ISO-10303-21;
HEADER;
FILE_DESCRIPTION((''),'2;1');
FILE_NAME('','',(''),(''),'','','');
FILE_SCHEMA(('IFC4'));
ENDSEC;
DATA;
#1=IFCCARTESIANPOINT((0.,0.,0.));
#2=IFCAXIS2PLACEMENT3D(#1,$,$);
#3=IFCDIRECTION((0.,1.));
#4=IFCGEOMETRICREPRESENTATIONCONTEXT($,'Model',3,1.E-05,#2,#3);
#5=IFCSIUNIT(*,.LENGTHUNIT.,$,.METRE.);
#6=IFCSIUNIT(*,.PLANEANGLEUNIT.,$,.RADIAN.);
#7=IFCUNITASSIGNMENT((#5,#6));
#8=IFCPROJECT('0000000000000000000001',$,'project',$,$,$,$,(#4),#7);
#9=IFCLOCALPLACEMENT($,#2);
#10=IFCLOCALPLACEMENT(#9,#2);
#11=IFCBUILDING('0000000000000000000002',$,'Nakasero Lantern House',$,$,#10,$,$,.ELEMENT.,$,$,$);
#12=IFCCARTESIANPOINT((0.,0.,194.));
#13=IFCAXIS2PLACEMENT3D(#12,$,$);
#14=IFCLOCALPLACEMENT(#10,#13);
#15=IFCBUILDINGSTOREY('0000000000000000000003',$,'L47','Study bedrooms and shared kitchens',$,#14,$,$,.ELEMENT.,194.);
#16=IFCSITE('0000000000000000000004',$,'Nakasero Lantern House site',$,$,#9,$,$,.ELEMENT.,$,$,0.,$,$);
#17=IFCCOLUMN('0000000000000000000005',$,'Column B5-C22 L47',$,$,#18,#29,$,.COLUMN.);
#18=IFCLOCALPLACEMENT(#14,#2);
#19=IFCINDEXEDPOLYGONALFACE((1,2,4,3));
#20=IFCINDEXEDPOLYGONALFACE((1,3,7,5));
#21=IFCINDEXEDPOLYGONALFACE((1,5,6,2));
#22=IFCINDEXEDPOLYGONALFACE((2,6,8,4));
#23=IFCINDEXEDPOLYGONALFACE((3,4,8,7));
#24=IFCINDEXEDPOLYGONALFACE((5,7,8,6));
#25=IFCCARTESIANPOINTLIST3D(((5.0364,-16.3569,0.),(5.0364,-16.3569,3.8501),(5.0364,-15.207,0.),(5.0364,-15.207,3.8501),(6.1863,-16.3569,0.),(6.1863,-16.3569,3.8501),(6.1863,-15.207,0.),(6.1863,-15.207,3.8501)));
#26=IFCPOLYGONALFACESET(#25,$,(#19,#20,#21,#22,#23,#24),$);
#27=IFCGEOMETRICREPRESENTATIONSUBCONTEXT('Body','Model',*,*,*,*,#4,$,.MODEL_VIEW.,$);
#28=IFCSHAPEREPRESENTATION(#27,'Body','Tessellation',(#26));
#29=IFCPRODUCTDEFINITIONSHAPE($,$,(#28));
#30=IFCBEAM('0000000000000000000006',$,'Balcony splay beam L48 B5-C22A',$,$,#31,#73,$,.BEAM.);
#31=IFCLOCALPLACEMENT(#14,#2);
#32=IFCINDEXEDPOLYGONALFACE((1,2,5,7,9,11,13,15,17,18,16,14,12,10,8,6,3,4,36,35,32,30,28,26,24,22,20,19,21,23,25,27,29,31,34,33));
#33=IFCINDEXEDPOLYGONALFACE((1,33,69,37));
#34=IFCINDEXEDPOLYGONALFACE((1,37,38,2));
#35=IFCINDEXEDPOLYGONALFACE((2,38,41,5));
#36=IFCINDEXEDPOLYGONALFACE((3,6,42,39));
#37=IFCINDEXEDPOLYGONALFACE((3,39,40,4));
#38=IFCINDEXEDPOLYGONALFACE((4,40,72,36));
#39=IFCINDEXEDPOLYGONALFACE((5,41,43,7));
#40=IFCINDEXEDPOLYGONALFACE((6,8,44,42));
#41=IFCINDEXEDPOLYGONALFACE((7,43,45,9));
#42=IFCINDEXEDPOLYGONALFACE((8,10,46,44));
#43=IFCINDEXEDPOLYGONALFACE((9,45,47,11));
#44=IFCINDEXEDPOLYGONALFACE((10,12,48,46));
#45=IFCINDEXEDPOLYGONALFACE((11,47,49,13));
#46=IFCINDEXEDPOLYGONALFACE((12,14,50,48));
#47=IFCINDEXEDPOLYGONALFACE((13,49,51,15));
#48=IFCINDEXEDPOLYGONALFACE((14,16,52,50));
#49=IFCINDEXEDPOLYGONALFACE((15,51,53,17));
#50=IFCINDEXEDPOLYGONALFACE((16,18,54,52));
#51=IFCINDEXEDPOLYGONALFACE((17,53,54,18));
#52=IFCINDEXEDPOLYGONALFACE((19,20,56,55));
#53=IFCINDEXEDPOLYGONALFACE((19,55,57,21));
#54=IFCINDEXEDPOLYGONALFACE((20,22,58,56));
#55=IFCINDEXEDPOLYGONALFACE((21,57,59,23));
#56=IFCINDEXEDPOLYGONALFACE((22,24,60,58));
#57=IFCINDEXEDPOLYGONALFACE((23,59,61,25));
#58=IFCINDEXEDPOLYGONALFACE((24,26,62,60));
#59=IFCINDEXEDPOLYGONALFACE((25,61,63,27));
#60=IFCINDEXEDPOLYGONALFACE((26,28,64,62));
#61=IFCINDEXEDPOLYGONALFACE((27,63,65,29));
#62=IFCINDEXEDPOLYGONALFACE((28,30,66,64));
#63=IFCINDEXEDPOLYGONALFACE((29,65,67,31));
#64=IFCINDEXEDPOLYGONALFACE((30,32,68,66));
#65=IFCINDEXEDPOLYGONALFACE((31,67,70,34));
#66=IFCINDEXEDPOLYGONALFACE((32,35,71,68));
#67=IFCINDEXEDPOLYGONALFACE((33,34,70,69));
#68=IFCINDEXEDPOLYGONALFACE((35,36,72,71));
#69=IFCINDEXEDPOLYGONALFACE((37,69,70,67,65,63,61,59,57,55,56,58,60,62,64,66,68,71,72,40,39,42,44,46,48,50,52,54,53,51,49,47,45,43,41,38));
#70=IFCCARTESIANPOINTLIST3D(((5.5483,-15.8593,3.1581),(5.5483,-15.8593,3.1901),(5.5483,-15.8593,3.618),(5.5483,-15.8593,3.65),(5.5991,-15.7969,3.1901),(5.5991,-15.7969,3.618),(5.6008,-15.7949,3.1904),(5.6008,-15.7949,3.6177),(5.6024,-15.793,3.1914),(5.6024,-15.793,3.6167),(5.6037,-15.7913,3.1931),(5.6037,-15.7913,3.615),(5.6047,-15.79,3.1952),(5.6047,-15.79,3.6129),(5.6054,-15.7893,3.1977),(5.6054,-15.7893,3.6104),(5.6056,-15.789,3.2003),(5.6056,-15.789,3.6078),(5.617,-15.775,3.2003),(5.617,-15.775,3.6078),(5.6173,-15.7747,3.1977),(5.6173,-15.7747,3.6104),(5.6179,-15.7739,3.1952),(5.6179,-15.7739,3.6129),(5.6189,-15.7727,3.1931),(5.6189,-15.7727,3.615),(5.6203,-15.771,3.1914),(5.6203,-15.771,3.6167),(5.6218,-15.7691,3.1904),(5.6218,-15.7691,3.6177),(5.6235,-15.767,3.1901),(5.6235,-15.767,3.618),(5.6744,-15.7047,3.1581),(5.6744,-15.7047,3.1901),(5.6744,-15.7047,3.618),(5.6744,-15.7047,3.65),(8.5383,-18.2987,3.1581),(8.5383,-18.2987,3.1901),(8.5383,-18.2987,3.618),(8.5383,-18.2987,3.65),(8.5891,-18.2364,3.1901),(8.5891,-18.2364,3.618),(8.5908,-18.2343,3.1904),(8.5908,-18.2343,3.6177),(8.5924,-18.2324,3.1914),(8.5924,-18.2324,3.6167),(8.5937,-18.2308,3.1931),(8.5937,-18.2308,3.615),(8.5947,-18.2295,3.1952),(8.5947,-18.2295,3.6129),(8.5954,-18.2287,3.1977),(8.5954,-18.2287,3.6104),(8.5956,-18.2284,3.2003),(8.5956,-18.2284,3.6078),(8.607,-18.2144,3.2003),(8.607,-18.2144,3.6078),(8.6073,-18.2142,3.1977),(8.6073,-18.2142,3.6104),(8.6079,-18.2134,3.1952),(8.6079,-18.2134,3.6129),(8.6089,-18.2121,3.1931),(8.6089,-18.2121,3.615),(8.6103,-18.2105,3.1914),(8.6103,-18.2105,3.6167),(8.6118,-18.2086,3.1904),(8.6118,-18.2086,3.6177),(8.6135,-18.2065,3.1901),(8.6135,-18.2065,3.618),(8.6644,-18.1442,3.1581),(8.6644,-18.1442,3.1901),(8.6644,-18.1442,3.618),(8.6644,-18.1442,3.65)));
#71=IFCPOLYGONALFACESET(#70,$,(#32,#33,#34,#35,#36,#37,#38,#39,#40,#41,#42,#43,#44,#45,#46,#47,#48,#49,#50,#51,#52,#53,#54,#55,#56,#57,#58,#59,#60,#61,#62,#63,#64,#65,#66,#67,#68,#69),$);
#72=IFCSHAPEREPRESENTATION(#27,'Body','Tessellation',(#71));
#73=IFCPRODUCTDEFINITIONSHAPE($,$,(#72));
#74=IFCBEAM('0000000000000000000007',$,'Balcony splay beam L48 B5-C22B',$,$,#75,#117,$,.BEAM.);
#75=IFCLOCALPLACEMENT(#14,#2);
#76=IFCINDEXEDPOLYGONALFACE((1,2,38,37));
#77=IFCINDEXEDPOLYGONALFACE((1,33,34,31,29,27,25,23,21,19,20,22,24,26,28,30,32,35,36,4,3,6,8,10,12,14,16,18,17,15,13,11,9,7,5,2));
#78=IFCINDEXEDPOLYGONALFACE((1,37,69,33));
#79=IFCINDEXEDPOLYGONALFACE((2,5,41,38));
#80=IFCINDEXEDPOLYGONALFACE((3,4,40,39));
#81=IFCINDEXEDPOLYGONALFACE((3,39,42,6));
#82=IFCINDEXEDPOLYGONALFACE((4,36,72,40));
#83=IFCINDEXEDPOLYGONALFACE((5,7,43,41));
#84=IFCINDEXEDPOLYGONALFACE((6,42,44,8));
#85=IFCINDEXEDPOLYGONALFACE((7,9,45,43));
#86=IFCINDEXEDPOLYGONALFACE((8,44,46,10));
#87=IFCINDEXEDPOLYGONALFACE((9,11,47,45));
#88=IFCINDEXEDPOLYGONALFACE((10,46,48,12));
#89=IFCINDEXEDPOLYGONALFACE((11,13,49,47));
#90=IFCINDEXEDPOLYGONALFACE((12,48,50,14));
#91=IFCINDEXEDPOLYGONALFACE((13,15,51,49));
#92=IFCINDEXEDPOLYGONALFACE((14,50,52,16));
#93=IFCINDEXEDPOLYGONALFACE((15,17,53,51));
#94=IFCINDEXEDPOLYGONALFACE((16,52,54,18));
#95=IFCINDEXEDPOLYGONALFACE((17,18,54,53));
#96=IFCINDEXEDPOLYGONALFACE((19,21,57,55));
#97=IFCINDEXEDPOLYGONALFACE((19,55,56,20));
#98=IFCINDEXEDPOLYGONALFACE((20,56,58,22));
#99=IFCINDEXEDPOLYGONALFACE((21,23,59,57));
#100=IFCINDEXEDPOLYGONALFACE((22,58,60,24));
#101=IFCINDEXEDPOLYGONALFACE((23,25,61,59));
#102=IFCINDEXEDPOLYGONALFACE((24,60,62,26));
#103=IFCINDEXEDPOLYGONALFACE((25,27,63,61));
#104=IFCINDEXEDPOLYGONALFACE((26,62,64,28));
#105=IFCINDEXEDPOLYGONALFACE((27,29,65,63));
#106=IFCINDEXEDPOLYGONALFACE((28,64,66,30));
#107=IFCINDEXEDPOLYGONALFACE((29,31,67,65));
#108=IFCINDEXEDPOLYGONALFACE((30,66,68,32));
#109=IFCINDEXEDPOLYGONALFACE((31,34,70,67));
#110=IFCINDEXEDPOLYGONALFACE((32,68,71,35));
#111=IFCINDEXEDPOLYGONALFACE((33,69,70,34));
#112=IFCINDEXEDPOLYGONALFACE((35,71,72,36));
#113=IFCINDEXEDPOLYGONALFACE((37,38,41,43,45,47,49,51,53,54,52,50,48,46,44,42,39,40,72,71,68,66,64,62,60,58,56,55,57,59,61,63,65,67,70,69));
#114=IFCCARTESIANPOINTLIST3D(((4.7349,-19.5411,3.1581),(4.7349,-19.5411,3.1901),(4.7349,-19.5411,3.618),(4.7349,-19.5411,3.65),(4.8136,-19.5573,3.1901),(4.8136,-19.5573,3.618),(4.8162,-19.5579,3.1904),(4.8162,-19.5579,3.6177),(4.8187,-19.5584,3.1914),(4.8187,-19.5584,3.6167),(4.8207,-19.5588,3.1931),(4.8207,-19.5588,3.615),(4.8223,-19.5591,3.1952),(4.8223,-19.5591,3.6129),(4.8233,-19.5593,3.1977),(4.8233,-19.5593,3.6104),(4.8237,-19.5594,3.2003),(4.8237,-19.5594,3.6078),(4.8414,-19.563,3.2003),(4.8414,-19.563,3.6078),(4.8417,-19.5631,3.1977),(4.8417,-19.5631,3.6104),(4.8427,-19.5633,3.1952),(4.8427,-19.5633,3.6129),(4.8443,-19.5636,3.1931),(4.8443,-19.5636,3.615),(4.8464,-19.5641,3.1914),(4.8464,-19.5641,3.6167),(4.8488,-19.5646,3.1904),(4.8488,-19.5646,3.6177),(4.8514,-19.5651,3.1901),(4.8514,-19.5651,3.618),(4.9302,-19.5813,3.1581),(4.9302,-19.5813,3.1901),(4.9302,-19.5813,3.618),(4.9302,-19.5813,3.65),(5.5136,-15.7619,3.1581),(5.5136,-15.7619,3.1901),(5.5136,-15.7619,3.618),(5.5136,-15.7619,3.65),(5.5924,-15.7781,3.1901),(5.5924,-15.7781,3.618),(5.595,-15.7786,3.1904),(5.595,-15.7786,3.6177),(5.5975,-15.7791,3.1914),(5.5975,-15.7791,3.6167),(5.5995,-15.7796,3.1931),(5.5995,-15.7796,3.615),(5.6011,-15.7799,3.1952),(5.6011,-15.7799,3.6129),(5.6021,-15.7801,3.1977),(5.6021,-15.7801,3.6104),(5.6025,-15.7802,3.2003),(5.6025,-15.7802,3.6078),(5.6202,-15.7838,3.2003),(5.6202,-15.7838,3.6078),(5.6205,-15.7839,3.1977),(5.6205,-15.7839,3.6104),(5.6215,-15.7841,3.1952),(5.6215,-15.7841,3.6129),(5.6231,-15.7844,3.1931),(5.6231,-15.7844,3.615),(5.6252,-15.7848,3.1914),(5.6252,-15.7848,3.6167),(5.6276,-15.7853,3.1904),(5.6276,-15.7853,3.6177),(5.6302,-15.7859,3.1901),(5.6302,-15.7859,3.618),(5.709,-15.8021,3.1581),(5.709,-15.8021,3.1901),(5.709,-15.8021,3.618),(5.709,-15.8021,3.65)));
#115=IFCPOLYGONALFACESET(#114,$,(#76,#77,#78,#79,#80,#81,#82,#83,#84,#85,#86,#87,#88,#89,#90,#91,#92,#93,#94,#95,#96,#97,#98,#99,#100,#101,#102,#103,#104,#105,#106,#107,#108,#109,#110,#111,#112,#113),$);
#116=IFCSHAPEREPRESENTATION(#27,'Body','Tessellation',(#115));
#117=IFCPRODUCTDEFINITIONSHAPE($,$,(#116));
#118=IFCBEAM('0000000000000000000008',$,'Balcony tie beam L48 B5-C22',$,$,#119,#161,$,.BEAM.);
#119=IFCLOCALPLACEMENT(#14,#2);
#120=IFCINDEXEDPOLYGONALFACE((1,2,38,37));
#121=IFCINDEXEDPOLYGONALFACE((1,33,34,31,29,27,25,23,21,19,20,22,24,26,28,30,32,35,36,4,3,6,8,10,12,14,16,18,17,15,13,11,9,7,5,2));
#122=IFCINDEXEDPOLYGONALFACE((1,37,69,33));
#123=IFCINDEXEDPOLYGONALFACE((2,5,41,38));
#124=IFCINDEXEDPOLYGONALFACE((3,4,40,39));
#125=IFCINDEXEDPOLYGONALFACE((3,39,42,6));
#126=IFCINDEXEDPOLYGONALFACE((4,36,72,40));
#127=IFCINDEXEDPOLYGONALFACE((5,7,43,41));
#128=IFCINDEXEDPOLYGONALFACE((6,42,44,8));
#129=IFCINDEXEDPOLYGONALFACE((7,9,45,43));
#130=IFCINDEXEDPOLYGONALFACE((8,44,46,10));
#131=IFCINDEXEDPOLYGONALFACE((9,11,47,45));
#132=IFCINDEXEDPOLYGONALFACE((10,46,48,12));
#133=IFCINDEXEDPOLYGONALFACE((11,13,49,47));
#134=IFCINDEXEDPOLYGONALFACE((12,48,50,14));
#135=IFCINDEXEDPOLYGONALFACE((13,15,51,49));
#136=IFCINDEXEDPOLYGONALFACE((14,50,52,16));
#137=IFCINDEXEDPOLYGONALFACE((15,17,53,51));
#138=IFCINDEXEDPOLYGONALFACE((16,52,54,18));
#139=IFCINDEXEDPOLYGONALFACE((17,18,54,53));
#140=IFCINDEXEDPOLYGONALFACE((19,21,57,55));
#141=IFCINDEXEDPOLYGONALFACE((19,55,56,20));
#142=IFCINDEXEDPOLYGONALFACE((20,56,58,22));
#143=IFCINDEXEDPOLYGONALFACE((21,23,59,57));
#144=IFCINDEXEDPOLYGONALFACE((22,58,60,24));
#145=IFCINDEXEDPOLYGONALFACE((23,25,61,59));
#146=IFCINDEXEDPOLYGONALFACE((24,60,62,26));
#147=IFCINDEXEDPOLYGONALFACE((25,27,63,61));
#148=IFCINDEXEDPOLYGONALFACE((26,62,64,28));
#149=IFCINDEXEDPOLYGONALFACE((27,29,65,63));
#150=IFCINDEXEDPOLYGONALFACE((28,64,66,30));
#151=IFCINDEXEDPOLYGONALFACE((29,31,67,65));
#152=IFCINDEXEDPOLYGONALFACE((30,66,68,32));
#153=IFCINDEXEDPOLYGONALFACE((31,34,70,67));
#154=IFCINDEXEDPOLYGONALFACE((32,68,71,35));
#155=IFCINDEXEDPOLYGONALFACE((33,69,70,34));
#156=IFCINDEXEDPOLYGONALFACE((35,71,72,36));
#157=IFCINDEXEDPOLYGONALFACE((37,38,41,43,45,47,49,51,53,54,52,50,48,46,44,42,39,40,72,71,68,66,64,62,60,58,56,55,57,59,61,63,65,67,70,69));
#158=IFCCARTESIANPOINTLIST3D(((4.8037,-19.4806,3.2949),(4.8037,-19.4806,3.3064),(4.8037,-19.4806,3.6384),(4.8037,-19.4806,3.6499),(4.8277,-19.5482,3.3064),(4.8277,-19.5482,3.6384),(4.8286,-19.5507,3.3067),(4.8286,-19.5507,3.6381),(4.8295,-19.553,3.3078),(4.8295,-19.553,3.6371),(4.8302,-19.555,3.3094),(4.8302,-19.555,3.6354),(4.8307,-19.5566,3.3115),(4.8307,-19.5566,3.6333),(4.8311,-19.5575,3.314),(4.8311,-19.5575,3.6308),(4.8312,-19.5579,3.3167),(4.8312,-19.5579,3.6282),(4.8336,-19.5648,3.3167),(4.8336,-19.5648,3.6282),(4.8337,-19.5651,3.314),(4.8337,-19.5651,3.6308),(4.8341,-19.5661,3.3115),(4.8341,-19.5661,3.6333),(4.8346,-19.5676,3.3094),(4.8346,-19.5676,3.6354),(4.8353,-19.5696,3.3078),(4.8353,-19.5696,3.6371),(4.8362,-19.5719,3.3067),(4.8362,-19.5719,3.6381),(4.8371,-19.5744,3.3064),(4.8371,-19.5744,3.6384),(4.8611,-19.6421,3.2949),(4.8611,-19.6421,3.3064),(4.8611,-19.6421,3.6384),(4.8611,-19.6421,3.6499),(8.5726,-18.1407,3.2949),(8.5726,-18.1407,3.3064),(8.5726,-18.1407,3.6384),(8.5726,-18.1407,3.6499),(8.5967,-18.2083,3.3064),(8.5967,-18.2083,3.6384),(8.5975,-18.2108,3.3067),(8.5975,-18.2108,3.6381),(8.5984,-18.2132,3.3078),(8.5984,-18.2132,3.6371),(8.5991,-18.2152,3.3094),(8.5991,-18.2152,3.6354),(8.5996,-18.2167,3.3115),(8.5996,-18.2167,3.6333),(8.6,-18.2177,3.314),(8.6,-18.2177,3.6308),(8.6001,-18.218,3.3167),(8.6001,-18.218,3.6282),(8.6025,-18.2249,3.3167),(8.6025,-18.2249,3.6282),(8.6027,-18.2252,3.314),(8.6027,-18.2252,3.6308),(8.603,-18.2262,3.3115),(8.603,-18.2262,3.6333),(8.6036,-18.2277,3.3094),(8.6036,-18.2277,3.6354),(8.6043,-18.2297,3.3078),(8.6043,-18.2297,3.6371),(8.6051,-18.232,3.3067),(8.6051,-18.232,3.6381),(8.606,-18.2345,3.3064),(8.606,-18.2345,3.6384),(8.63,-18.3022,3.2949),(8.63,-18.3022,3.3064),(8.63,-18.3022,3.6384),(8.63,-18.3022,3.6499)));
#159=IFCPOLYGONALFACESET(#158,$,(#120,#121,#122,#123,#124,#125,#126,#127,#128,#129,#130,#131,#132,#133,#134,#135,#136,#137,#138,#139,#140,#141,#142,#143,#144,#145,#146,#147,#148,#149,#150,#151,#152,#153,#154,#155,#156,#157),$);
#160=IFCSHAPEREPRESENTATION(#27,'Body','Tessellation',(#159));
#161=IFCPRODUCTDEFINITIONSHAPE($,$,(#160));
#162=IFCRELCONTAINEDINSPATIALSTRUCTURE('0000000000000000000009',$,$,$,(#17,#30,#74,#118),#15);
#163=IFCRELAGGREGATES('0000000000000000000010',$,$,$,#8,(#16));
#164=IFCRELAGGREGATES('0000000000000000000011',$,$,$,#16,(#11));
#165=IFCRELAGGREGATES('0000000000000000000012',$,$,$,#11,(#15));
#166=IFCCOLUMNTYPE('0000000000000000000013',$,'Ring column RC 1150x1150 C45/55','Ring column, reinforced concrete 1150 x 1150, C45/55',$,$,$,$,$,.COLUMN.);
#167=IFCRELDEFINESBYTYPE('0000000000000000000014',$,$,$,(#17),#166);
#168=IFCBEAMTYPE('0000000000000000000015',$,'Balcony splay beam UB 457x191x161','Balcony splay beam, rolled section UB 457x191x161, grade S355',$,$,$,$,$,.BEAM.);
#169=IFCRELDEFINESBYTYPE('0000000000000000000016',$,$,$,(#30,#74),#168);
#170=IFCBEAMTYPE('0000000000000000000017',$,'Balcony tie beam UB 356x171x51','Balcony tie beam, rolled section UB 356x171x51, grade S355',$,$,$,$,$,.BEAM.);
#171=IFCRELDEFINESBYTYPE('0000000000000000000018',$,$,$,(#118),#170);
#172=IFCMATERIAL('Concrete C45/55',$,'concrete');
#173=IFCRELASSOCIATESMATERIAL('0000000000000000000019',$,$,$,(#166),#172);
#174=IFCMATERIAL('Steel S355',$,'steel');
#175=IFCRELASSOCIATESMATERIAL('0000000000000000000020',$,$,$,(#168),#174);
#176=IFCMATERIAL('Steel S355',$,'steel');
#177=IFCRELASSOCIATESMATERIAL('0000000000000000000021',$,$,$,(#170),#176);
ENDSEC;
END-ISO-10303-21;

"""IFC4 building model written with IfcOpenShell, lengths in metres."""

from ifc_helpers import new_model, si_unit, direction, frame, origin, origin_2d, place, context, subcontext, project, spatial, rectangle, i_section, extrude, material, material_profile, profile_set, type_object, element, save


model = new_model("IFC4")

# Units and contexts
model_context = context("Model", 3, precision=1e-05, world=origin(), true_north=direction((0.0, 1.0)))
body_context = subcontext(model_context, "Body", "Model", "MODEL_VIEW")
ifc_project = project(units=[si_unit("LENGTHUNIT", "METRE"), si_unit("PLANEANGLEUNIT", "RADIAN")], contexts=[model_context])

# Site, building, storey
site_placement = place(None, origin())
site = spatial("IfcSite", under=ifc_project, at=site_placement, Name="Nakasero Lantern House site", CompositionType="ELEMENT", RefElevation=0.0)
building_placement = place(site_placement, origin())
building = spatial("IfcBuilding", under=site, at=building_placement, Name="Nakasero Lantern House", CompositionType="ELEMENT")
storey_placement = place(building_placement, frame((0.0, 0.0, 194.0)))
storey = spatial("IfcBuildingStorey", under=building, at=storey_placement, Name="L47", Description="Study bedrooms and shared kitchens", CompositionType="ELEMENT", Elevation=194.0)

# Column
ifc_material_1 = material(Name="Concrete C45/55", Category="concrete")
ifc_material_profile_1 = material_profile(ifc_material_1, rectangle(XDim=1.1499, YDim=1.1499, at=origin_2d()), Name="RC 1150x1150")
ifc_profile_set_1 = profile_set([ifc_material_profile_1], Name="Concrete C45/55")
column_type = type_object("IfcColumnType", Name="Ring column RC 1150x1150 C45/55", Description="Ring column, reinforced concrete 1150 x 1150, C45/55", PredefinedType="COLUMN", material=ifc_profile_set_1)
column_placement = place(storey_placement, frame((5.6113, -15.782, 0.0), z_axis=(0.0, 0.0, 1.0), x_axis=(1.0, 0.0, 0.0)))
element("IfcColumn", 1, at=column_placement, inside=storey, type_object=column_type, Name="Column B5-C22 L47", PredefinedType="COLUMN", context=body_context, shape_type="SweptSolid", body=[
    extrude(rectangle(XDim=1.1499, YDim=1.1499, at=origin_2d()), origin(), (0.0, 0.0, 1.0), 3.8501),
])

# Beams
ifc_material_2 = material(Name="Steel S355", Category="steel")
ifc_material_profile_2 = material_profile(ifc_material_2, i_section(OverallWidth=0.1995, OverallDepth=0.4919, WebThickness=0.0181, FlangeThickness=0.032, FilletRadius=0.0103, at=origin_2d()), Name="UB 457x191x161")
ifc_profile_set_2 = profile_set([ifc_material_profile_2], Name="Steel S355")
beam_type_1 = type_object("IfcBeamType", Name="Balcony splay beam UB 457x191x161", Description="Balcony splay beam, rolled section UB 457x191x161, grade S355", PredefinedType="BEAM", material=ifc_profile_set_2)
beam_1_placement = place(storey_placement, frame((5.6113, -15.782, 3.4041), z_axis=(0.774833, -0.632166, 0.0), x_axis=(0.632166, 0.774833, 0.0)))
element("IfcBeam", 2, at=beam_1_placement, inside=storey, type_object=beam_type_1, Name="Balcony splay beam L48 B5-C22A", PredefinedType="BEAM", context=body_context, shape_type="SweptSolid", body=[
    extrude(i_section(OverallWidth=0.1995, OverallDepth=0.4919, WebThickness=0.0181, FlangeThickness=0.032, FilletRadius=0.0103, at=origin_2d()), origin(), (0.0, 0.0, 1.0), 3.8589),
])
beam_2_placement = place(storey_placement, frame((5.6113, -15.782, 3.4041), z_axis=(-0.201831, -0.97942, 0.0), x_axis=(0.97942, -0.201831, 0.0)))
element("IfcBeam", 3, at=beam_2_placement, inside=storey, type_object=beam_type_1, Name="Balcony splay beam L48 B5-C22B", PredefinedType="BEAM", context=body_context, shape_type="SweptSolid", body=[
    extrude(i_section(OverallWidth=0.1995, OverallDepth=0.4919, WebThickness=0.0181, FlangeThickness=0.032, FilletRadius=0.0103, at=origin_2d()), origin(), (0.0, 0.0, 1.0), 3.8586),
])
ifc_material_3 = material(Name="Steel S355", Category="steel")
ifc_material_profile_3 = material_profile(ifc_material_3, i_section(OverallWidth=0.1714, OverallDepth=0.355, WebThickness=0.0073, FlangeThickness=0.0115, FilletRadius=0.0103, at=origin_2d()), Name="UB 356x171x51")
ifc_profile_set_3 = profile_set([ifc_material_profile_3], Name="Steel S355")
beam_type_2 = type_object("IfcBeamType", Name="Balcony tie beam UB 356x171x51", Description="Balcony tie beam, rolled section UB 356x171x51, grade S355", PredefinedType="BEAM", material=ifc_profile_set_3)
beam_3_placement = place(storey_placement, frame((8.6013, -18.2214, 3.4724), z_axis=(-0.942228, -0.334971, 0.0), x_axis=(0.334971, -0.942228, 0.0)))
element("IfcBeam", 4, at=beam_3_placement, inside=storey, type_object=beam_type_2, Name="Balcony tie beam L48 B5-C22", PredefinedType="BEAM", context=body_context, shape_type="SweptSolid", body=[
    extrude(i_section(OverallWidth=0.1714, OverallDepth=0.355, WebThickness=0.0073, FlangeThickness=0.0115, FilletRadius=0.0103, at=origin_2d()), origin(), (0.0, 0.0, 1.0), 4.0),
])

save(model, "model.ifc")
